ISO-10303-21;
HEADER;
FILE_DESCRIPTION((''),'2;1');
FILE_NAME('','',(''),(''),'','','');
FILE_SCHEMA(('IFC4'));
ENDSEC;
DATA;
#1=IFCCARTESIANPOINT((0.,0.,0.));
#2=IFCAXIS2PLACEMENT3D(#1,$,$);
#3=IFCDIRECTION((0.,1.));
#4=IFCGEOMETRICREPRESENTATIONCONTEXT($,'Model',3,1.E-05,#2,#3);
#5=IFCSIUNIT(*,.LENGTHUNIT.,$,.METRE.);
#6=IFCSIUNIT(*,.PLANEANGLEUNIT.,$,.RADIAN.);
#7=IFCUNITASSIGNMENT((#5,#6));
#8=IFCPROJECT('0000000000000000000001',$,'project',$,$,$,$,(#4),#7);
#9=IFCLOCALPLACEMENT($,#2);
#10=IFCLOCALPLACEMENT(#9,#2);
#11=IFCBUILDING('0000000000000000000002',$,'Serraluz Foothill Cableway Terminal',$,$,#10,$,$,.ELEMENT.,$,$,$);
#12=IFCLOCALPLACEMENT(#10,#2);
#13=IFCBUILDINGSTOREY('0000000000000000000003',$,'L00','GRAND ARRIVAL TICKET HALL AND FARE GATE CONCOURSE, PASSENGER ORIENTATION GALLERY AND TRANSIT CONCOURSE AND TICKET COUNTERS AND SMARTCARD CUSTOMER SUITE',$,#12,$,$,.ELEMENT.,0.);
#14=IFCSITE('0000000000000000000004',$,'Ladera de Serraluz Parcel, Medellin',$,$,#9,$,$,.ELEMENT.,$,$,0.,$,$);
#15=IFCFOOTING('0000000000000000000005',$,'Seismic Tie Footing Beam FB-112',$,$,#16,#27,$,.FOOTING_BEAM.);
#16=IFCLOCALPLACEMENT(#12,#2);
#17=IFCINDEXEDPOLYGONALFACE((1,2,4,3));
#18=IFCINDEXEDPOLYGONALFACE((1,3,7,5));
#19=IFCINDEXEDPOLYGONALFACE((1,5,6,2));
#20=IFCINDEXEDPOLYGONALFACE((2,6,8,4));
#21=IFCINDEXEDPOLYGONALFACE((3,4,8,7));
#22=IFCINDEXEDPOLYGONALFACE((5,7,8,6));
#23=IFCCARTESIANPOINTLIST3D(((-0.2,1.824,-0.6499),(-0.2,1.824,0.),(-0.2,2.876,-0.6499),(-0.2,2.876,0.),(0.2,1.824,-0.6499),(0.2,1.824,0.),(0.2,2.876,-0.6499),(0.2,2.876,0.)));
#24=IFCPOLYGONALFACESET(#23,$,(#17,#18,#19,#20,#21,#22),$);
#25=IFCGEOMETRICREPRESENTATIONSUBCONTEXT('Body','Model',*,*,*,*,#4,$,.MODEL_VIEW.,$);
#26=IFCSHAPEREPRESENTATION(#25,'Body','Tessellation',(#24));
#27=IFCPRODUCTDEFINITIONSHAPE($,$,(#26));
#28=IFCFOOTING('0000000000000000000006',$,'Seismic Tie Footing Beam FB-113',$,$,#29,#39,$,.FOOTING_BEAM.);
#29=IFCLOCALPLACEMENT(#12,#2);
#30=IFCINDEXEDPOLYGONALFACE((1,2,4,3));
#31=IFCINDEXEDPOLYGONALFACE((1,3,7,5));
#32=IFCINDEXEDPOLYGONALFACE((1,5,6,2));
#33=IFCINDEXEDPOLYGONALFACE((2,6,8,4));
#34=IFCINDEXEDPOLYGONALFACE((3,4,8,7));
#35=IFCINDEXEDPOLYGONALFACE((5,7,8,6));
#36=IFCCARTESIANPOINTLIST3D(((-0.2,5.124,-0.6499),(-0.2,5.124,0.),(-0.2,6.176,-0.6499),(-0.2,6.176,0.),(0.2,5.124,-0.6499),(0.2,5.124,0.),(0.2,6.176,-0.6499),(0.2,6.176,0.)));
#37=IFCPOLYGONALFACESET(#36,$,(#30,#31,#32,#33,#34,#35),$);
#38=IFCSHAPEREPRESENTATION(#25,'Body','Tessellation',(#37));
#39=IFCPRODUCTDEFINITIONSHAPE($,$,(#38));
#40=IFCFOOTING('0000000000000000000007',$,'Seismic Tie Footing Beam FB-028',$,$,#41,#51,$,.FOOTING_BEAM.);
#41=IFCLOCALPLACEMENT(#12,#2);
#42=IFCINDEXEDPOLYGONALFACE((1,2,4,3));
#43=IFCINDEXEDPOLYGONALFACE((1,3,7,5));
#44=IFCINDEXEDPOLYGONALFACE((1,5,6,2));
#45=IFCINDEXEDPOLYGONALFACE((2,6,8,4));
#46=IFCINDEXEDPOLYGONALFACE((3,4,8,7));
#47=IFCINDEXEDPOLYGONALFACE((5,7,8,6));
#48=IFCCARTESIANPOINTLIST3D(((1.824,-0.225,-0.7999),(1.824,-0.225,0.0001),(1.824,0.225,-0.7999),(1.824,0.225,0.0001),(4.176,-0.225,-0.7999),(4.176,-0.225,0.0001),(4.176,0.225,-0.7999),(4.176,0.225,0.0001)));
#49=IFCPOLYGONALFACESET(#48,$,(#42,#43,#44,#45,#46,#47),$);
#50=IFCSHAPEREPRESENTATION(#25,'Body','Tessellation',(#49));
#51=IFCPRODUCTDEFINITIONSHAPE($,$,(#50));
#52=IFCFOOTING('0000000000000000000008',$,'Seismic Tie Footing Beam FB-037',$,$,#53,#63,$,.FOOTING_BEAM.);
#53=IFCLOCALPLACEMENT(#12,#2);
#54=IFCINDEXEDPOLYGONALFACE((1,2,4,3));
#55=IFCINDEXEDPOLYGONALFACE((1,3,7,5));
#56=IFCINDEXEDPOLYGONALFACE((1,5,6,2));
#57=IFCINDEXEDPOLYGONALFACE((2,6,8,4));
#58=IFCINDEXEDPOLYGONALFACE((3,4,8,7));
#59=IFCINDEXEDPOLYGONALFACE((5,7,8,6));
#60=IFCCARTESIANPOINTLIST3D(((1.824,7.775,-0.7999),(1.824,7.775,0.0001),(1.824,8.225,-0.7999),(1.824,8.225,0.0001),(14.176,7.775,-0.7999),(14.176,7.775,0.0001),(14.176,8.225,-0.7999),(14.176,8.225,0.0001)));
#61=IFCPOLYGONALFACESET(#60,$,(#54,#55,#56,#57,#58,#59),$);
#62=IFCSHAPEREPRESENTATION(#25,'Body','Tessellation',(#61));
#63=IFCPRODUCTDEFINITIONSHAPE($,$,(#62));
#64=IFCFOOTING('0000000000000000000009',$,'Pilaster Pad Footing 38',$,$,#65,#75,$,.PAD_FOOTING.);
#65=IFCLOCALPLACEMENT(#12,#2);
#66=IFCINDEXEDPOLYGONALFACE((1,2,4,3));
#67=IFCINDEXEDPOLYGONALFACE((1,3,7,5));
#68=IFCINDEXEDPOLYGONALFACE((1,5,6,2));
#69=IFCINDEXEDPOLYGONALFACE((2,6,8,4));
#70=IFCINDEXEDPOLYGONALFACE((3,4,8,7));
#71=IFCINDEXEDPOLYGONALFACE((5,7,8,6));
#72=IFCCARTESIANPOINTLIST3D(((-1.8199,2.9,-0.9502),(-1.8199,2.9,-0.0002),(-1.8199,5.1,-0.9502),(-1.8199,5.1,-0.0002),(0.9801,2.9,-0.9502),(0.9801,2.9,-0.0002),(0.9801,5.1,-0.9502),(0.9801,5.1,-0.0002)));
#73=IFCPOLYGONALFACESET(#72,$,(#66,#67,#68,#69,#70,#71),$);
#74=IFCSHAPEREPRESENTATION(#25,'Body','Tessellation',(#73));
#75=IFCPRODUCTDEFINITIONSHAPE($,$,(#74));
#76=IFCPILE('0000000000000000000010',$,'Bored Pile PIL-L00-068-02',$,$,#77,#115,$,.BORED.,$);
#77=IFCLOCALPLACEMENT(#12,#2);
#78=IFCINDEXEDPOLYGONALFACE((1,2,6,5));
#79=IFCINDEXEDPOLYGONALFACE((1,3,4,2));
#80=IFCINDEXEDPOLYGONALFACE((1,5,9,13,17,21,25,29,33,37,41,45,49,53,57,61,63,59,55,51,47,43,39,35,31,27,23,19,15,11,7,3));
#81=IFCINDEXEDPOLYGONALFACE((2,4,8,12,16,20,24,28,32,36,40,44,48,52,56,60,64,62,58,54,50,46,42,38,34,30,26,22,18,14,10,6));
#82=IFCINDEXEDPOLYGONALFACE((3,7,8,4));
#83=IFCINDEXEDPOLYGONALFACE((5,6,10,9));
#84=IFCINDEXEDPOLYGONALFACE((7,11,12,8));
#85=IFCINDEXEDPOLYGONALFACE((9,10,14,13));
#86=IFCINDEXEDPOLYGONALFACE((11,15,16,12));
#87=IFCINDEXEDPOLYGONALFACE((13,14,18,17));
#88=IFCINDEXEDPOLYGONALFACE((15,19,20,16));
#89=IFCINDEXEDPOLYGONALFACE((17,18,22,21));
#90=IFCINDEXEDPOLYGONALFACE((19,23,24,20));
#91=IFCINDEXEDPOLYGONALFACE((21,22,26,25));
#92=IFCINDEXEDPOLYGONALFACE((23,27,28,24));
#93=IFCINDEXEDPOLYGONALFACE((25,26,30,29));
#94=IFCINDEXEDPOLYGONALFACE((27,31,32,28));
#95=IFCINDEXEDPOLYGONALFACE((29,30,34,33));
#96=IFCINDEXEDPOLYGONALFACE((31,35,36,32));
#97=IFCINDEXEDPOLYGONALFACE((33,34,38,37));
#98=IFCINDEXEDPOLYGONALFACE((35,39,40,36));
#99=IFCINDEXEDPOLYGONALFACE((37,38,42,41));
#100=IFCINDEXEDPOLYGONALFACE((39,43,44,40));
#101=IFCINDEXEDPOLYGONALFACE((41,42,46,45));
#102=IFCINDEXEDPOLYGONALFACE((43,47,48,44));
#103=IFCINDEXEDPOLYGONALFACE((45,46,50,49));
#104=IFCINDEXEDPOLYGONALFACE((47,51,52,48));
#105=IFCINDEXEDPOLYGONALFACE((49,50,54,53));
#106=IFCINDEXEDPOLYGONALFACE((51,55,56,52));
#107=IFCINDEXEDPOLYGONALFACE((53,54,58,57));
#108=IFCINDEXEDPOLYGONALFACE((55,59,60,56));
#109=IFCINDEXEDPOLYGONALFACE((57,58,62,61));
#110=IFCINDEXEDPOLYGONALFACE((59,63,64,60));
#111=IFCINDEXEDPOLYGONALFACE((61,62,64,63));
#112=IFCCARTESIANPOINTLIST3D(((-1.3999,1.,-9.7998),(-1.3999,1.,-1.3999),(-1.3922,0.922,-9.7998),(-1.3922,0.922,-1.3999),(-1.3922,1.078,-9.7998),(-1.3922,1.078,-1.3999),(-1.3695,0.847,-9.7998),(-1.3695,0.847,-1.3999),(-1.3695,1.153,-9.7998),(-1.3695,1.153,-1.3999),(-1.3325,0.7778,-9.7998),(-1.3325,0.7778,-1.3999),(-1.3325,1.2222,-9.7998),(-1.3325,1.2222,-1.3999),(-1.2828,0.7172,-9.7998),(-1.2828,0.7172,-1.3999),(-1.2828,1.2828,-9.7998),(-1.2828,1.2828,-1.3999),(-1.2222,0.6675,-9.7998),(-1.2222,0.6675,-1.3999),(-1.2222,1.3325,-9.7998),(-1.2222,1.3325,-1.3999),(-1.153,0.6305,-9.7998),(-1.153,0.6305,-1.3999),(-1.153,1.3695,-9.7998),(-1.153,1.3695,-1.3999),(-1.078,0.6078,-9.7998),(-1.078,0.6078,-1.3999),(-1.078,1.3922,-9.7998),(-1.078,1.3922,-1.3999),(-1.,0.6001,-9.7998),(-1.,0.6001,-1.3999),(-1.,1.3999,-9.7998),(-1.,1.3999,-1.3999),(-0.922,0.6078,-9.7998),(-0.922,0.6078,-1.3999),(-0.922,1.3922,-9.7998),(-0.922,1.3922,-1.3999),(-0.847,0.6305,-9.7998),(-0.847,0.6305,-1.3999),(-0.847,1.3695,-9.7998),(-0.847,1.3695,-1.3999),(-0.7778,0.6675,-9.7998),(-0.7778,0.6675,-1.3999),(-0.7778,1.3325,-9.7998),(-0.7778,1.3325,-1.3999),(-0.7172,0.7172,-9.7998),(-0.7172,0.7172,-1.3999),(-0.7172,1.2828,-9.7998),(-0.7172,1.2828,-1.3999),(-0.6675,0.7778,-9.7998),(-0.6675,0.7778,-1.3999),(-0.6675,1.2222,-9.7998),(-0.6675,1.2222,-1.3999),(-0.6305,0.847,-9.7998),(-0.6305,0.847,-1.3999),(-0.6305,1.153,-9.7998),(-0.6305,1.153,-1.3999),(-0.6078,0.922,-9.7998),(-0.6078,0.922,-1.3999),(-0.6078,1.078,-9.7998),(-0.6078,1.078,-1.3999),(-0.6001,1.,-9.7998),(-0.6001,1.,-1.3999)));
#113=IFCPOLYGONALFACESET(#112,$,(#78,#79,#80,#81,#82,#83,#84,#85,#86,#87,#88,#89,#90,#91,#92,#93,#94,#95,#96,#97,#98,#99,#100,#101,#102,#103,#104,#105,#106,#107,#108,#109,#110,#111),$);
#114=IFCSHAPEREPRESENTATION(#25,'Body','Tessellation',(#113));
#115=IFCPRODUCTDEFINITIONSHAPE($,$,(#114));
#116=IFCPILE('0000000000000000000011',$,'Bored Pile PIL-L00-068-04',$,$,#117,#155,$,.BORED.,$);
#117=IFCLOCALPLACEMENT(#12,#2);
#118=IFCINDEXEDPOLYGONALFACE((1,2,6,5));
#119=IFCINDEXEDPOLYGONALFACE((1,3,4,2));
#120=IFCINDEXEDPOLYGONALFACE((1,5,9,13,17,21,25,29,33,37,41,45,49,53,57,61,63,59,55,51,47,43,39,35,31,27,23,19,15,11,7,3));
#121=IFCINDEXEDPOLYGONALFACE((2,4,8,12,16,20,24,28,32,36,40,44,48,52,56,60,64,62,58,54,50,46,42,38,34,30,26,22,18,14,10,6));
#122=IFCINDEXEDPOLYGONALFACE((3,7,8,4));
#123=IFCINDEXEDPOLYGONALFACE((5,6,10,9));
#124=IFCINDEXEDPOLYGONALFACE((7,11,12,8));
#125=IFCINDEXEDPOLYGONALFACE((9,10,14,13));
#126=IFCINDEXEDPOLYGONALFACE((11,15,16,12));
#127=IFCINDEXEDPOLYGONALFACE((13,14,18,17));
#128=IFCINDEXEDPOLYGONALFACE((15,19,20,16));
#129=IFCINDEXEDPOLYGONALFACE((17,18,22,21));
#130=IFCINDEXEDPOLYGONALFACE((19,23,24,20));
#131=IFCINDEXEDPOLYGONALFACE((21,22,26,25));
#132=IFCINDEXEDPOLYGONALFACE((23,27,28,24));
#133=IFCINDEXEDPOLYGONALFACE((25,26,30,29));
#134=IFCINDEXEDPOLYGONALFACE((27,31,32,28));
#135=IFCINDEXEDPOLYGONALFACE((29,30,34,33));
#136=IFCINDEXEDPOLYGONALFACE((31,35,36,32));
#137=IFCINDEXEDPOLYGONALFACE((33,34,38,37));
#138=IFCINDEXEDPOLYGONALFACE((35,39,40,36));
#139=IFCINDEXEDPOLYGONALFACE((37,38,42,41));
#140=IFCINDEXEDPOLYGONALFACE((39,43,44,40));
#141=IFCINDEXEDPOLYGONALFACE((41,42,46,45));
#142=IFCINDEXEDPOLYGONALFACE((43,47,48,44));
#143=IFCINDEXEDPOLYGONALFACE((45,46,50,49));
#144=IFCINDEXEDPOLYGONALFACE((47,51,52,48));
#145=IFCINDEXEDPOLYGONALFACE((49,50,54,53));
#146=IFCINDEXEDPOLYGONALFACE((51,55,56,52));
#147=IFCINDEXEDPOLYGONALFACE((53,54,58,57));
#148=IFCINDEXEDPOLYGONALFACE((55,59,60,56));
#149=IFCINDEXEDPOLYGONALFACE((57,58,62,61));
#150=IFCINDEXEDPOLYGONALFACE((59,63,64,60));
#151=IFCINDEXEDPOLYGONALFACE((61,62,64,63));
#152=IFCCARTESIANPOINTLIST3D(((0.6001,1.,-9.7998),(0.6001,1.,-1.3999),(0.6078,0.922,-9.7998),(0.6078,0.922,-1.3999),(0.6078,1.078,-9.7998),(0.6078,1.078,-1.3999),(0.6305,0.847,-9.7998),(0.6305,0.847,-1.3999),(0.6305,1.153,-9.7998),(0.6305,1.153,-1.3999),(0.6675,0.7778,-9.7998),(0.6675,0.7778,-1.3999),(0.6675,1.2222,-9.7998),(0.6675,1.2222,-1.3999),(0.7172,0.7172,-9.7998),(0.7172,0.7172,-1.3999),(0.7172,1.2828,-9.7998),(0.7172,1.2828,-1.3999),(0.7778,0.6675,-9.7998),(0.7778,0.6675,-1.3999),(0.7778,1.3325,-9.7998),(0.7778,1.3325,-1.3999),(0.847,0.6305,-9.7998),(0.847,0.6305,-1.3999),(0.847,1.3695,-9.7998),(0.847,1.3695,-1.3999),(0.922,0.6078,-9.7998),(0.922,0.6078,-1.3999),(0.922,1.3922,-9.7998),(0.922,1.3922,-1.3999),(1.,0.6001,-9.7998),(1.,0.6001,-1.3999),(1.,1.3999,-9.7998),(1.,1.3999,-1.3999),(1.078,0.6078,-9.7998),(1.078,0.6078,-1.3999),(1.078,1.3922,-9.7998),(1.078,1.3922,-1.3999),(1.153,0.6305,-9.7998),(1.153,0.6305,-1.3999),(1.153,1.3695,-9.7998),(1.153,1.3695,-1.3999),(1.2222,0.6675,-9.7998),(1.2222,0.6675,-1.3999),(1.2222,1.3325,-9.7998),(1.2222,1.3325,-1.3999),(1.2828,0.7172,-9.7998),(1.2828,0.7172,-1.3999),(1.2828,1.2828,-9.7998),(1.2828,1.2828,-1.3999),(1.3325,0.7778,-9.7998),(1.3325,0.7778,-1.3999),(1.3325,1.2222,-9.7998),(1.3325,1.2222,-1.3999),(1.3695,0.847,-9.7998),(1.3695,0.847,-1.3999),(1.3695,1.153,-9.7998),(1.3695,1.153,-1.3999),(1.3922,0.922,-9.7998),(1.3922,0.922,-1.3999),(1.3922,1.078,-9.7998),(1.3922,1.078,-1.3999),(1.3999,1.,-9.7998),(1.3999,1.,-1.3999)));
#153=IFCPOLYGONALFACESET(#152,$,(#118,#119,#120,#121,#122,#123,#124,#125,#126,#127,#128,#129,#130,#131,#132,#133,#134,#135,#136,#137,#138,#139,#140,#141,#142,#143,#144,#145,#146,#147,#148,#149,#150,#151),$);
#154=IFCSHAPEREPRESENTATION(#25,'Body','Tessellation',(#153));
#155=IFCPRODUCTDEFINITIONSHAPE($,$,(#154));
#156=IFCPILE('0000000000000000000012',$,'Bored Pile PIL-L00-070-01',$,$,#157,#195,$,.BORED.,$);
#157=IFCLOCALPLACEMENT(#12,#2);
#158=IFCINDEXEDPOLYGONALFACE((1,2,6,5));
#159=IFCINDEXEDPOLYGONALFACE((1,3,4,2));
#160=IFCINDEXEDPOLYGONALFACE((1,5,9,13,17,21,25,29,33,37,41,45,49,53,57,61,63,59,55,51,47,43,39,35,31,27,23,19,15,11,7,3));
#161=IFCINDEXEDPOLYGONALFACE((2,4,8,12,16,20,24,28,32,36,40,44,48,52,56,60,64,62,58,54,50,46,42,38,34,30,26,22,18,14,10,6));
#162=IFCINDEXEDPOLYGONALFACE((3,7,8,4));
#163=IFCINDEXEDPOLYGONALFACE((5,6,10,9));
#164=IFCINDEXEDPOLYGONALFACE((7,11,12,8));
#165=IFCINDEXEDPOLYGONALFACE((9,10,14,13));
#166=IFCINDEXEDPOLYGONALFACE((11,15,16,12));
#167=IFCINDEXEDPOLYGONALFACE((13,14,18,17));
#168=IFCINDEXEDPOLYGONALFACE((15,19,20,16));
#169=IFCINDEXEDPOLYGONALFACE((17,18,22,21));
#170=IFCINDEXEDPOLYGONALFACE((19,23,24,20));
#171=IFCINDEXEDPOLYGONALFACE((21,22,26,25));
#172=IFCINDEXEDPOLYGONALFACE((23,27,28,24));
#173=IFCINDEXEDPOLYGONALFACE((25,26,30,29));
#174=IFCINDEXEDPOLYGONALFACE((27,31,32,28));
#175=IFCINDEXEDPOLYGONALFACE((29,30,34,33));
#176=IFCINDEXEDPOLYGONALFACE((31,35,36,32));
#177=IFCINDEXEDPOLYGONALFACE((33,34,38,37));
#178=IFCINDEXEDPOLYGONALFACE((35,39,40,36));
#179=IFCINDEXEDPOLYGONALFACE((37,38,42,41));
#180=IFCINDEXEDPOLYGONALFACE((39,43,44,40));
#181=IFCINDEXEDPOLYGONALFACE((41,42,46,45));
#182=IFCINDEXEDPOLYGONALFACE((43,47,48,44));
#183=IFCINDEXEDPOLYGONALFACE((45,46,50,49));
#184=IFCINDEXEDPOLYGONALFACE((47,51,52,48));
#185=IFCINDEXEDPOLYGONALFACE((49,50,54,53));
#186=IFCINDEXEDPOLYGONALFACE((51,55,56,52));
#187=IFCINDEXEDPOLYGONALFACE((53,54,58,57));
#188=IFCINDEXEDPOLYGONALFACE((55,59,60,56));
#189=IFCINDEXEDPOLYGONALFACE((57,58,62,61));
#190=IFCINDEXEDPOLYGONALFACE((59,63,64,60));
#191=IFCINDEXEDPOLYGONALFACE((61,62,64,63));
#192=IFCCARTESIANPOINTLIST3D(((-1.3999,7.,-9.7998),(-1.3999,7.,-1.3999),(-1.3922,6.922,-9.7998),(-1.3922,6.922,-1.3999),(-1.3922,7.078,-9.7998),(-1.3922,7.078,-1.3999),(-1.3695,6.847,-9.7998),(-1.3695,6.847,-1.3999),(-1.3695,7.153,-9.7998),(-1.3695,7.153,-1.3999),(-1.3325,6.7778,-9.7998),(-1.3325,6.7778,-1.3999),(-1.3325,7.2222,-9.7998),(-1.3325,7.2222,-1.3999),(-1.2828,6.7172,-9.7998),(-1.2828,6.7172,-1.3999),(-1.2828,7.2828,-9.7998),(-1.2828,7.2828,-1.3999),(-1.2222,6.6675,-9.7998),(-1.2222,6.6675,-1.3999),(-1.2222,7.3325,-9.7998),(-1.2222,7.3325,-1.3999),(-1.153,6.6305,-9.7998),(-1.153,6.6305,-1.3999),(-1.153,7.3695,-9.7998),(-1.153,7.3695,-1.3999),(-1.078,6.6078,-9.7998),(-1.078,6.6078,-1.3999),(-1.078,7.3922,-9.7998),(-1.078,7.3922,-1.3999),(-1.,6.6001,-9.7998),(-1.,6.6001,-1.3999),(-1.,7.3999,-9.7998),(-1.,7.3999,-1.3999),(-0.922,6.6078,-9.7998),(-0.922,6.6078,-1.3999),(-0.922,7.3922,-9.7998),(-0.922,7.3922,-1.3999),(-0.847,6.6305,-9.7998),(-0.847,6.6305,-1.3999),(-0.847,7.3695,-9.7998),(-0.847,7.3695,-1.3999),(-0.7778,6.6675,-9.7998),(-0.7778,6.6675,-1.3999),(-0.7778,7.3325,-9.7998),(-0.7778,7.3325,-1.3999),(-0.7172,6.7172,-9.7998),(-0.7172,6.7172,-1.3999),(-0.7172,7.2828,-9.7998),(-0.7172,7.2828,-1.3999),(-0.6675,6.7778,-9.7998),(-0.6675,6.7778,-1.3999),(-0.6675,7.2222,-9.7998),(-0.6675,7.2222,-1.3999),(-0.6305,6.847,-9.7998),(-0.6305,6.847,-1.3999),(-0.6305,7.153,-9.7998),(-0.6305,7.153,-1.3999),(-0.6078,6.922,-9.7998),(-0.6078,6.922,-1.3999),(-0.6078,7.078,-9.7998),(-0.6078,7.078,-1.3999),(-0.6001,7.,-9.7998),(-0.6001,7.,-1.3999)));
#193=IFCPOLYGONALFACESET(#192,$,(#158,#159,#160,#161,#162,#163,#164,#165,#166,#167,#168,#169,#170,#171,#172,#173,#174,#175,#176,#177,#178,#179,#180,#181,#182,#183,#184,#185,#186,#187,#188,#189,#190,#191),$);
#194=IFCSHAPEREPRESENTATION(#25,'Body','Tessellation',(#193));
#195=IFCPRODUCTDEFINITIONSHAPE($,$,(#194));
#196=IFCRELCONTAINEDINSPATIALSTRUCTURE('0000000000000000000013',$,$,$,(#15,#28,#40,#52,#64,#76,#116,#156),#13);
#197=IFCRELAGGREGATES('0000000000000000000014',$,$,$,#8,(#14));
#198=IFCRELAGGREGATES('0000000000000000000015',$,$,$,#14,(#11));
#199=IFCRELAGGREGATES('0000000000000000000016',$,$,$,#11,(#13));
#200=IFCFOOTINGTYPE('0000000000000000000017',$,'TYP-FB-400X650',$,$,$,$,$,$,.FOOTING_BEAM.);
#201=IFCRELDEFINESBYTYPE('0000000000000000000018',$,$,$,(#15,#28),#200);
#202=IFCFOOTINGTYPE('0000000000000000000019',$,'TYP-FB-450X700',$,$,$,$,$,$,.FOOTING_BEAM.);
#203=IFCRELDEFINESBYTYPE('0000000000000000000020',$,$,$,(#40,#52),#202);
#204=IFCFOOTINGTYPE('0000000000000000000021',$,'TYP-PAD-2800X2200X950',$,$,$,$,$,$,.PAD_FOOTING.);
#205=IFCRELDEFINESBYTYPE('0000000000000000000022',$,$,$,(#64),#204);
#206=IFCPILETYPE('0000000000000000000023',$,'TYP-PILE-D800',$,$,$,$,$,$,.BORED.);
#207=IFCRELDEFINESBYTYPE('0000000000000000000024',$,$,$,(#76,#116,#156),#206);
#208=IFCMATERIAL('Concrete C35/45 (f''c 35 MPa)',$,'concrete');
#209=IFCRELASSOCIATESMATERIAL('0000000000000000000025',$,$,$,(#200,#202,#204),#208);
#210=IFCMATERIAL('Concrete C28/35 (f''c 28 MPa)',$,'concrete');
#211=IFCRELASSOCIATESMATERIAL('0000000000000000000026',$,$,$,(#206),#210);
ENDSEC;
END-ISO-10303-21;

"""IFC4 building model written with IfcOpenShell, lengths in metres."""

from ifc_helpers import new_model, si_unit, direction, frame, origin, origin_2d, place, context, subcontext, project, spatial, rectangle, circle, extrude, material, material_profile, profile_set, type_object, element, save


model = new_model("IFC4")

# Units and contexts
model_context = context("Model", 3, precision=1e-05, world=origin(), true_north=direction((0.0, 1.0)))
body_context = subcontext(model_context, "Body", "Model", "MODEL_VIEW")
ifc_project = project(units=[si_unit("LENGTHUNIT", "METRE"), si_unit("PLANEANGLEUNIT", "RADIAN")], contexts=[model_context])

# Site, building, storey
site_placement = place(None, origin())
site = spatial("IfcSite", under=ifc_project, at=site_placement, Name="Ladera de Serraluz Parcel, Medellin", CompositionType="ELEMENT", RefElevation=0.0)
building_placement = place(site_placement, origin())
building = spatial("IfcBuilding", under=site, at=building_placement, Name="Serraluz Foothill Cableway Terminal", CompositionType="ELEMENT")
storey_placement = place(building_placement, origin())
storey = spatial("IfcBuildingStorey", under=building, at=storey_placement, Name="L00", Description="GRAND ARRIVAL TICKET HALL AND FARE GATE CONCOURSE, PASSENGER ORIENTATION GALLERY AND TRANSIT CONCOURSE AND TICKET COUNTERS AND SMARTCARD CUSTOMER SUITE", CompositionType="ELEMENT", Elevation=0.0)

# Footings
ifc_material_1 = material(Name="Concrete C35/45 (f'c 35 MPa)", Category="concrete")
ifc_material_profile_1 = material_profile(ifc_material_1, rectangle(XDim=0.3999, YDim=0.6499, at=origin_2d()), Name="RC 400x650")
ifc_profile_set_1 = profile_set([ifc_material_profile_1], Name="Concrete C35/45 (f'c 35 MPa)")
footing_type_1 = type_object("IfcFootingType", Name="TYP-FB-400X650", PredefinedType="FOOTING_BEAM", material=ifc_profile_set_1)
for number, where, z_axis, x_axis, name in (
    (1, (0.0, 1.824, -0.325), (0.0, 1.0, 0.0), (-1.0, 0.0, 0.0), "Seismic Tie Footing Beam FB-112"),
    (2, (0.0, 5.124, -0.325), (0.0, 1.0, 0.0), (-1.0, 0.0, 0.0), "Seismic Tie Footing Beam FB-113"),
):
    element("IfcFooting", number, at=place(storey_placement, frame(where, z_axis=z_axis, x_axis=x_axis)), inside=storey, type_object=footing_type_1, Name=name, PredefinedType="FOOTING_BEAM", context=body_context, shape_type="SweptSolid", body=[
        extrude(rectangle(XDim=0.3999, YDim=0.6499, at=origin_2d()), origin(), (0.0, 0.0, 1.0), 1.052),
    ])
ifc_material_profile_2 = material_profile(ifc_material_1, rectangle(XDim=0.45, YDim=0.8, at=origin_2d()), Name="RC 450x800")
ifc_profile_set_2 = profile_set([ifc_material_profile_2], Name="Concrete C35/45 (f'c 35 MPa)")
footing_type_2 = type_object("IfcFootingType", Name="TYP-FB-450X700", PredefinedType="FOOTING_BEAM", material=ifc_profile_set_2)
footing_1_placement = place(storey_placement, frame((1.824, 0.0, -0.3999), z_axis=(1.0, 0.0, 0.0), x_axis=(0.0, 1.0, 0.0)))
element("IfcFooting", 3, at=footing_1_placement, inside=storey, type_object=footing_type_2, Name="Seismic Tie Footing Beam FB-028", PredefinedType="FOOTING_BEAM", context=body_context, shape_type="SweptSolid", body=[
    extrude(rectangle(XDim=0.45, YDim=0.8, at=origin_2d()), origin(), (0.0, 0.0, 1.0), 2.3521),
])
footing_2_placement = place(storey_placement, frame((1.824, 8.0, -0.3999), z_axis=(1.0, 0.0, 0.0), x_axis=(0.0, 1.0, 0.0)))
element("IfcFooting", 4, at=footing_2_placement, inside=storey, type_object=footing_type_2, Name="Seismic Tie Footing Beam FB-037", PredefinedType="FOOTING_BEAM", context=body_context, shape_type="SweptSolid", body=[
    extrude(rectangle(XDim=0.45, YDim=0.8, at=origin_2d()), origin(), (0.0, 0.0, 1.0), 12.3521),
])
footing_type_3 = type_object("IfcFootingType", Name="TYP-PAD-2800X2200X950", PredefinedType="PAD_FOOTING", material=ifc_material_1)
footing_3_placement = place(storey_placement, frame((-0.4199, 4.0, -0.9502), z_axis=(0.0, 0.0, 1.0), x_axis=(1.0, 0.0, 0.0)))
element("IfcFooting", 5, at=footing_3_placement, inside=storey, type_object=footing_type_3, Name="Pilaster Pad Footing 38", PredefinedType="PAD_FOOTING", context=body_context, shape_type="SweptSolid", body=[
    extrude(rectangle(XDim=2.8, YDim=2.2, at=origin_2d()), origin(), (0.0, 0.0, 1.0), 0.95),
])

# Piles
ifc_material_2 = material(Name="Concrete C28/35 (f'c 28 MPa)", Category="concrete")
ifc_material_profile_3 = material_profile(ifc_material_2, circle(Radius=0.3999, at=origin_2d()), Name="BORED PILE D800")
ifc_profile_set_3 = profile_set([ifc_material_profile_3], Name="Concrete C28/35 (f'c 28 MPa)")
pile_type = type_object("IfcPileType", Name="TYP-PILE-D800", PredefinedType="BORED", material=ifc_profile_set_3)
for number, where, z_axis, x_axis, name in (
    (6, (-1.0, 1.0, -1.3999), (0.0, 0.0, -1.0), (1.0, 0.0, 0.0), "Bored Pile PIL-L00-068-02"),
    (7, (1.0, 1.0, -1.3999), (0.0, 0.0, -1.0), (1.0, 0.0, 0.0), "Bored Pile PIL-L00-068-04"),
    (8, (-1.0, 7.0, -1.3999), (0.0, 0.0, -1.0), (1.0, 0.0, 0.0), "Bored Pile PIL-L00-070-01"),
):
    element("IfcPile", number, at=place(storey_placement, frame(where, z_axis=z_axis, x_axis=x_axis)), inside=storey, type_object=pile_type, Name=name, PredefinedType="BORED", context=body_context, shape_type="SweptSolid", body=[
        extrude(circle(Radius=0.3999, at=origin_2d()), origin(), (0.0, 0.0, 1.0), 8.3999),
    ])

save(model, "model.ifc")
